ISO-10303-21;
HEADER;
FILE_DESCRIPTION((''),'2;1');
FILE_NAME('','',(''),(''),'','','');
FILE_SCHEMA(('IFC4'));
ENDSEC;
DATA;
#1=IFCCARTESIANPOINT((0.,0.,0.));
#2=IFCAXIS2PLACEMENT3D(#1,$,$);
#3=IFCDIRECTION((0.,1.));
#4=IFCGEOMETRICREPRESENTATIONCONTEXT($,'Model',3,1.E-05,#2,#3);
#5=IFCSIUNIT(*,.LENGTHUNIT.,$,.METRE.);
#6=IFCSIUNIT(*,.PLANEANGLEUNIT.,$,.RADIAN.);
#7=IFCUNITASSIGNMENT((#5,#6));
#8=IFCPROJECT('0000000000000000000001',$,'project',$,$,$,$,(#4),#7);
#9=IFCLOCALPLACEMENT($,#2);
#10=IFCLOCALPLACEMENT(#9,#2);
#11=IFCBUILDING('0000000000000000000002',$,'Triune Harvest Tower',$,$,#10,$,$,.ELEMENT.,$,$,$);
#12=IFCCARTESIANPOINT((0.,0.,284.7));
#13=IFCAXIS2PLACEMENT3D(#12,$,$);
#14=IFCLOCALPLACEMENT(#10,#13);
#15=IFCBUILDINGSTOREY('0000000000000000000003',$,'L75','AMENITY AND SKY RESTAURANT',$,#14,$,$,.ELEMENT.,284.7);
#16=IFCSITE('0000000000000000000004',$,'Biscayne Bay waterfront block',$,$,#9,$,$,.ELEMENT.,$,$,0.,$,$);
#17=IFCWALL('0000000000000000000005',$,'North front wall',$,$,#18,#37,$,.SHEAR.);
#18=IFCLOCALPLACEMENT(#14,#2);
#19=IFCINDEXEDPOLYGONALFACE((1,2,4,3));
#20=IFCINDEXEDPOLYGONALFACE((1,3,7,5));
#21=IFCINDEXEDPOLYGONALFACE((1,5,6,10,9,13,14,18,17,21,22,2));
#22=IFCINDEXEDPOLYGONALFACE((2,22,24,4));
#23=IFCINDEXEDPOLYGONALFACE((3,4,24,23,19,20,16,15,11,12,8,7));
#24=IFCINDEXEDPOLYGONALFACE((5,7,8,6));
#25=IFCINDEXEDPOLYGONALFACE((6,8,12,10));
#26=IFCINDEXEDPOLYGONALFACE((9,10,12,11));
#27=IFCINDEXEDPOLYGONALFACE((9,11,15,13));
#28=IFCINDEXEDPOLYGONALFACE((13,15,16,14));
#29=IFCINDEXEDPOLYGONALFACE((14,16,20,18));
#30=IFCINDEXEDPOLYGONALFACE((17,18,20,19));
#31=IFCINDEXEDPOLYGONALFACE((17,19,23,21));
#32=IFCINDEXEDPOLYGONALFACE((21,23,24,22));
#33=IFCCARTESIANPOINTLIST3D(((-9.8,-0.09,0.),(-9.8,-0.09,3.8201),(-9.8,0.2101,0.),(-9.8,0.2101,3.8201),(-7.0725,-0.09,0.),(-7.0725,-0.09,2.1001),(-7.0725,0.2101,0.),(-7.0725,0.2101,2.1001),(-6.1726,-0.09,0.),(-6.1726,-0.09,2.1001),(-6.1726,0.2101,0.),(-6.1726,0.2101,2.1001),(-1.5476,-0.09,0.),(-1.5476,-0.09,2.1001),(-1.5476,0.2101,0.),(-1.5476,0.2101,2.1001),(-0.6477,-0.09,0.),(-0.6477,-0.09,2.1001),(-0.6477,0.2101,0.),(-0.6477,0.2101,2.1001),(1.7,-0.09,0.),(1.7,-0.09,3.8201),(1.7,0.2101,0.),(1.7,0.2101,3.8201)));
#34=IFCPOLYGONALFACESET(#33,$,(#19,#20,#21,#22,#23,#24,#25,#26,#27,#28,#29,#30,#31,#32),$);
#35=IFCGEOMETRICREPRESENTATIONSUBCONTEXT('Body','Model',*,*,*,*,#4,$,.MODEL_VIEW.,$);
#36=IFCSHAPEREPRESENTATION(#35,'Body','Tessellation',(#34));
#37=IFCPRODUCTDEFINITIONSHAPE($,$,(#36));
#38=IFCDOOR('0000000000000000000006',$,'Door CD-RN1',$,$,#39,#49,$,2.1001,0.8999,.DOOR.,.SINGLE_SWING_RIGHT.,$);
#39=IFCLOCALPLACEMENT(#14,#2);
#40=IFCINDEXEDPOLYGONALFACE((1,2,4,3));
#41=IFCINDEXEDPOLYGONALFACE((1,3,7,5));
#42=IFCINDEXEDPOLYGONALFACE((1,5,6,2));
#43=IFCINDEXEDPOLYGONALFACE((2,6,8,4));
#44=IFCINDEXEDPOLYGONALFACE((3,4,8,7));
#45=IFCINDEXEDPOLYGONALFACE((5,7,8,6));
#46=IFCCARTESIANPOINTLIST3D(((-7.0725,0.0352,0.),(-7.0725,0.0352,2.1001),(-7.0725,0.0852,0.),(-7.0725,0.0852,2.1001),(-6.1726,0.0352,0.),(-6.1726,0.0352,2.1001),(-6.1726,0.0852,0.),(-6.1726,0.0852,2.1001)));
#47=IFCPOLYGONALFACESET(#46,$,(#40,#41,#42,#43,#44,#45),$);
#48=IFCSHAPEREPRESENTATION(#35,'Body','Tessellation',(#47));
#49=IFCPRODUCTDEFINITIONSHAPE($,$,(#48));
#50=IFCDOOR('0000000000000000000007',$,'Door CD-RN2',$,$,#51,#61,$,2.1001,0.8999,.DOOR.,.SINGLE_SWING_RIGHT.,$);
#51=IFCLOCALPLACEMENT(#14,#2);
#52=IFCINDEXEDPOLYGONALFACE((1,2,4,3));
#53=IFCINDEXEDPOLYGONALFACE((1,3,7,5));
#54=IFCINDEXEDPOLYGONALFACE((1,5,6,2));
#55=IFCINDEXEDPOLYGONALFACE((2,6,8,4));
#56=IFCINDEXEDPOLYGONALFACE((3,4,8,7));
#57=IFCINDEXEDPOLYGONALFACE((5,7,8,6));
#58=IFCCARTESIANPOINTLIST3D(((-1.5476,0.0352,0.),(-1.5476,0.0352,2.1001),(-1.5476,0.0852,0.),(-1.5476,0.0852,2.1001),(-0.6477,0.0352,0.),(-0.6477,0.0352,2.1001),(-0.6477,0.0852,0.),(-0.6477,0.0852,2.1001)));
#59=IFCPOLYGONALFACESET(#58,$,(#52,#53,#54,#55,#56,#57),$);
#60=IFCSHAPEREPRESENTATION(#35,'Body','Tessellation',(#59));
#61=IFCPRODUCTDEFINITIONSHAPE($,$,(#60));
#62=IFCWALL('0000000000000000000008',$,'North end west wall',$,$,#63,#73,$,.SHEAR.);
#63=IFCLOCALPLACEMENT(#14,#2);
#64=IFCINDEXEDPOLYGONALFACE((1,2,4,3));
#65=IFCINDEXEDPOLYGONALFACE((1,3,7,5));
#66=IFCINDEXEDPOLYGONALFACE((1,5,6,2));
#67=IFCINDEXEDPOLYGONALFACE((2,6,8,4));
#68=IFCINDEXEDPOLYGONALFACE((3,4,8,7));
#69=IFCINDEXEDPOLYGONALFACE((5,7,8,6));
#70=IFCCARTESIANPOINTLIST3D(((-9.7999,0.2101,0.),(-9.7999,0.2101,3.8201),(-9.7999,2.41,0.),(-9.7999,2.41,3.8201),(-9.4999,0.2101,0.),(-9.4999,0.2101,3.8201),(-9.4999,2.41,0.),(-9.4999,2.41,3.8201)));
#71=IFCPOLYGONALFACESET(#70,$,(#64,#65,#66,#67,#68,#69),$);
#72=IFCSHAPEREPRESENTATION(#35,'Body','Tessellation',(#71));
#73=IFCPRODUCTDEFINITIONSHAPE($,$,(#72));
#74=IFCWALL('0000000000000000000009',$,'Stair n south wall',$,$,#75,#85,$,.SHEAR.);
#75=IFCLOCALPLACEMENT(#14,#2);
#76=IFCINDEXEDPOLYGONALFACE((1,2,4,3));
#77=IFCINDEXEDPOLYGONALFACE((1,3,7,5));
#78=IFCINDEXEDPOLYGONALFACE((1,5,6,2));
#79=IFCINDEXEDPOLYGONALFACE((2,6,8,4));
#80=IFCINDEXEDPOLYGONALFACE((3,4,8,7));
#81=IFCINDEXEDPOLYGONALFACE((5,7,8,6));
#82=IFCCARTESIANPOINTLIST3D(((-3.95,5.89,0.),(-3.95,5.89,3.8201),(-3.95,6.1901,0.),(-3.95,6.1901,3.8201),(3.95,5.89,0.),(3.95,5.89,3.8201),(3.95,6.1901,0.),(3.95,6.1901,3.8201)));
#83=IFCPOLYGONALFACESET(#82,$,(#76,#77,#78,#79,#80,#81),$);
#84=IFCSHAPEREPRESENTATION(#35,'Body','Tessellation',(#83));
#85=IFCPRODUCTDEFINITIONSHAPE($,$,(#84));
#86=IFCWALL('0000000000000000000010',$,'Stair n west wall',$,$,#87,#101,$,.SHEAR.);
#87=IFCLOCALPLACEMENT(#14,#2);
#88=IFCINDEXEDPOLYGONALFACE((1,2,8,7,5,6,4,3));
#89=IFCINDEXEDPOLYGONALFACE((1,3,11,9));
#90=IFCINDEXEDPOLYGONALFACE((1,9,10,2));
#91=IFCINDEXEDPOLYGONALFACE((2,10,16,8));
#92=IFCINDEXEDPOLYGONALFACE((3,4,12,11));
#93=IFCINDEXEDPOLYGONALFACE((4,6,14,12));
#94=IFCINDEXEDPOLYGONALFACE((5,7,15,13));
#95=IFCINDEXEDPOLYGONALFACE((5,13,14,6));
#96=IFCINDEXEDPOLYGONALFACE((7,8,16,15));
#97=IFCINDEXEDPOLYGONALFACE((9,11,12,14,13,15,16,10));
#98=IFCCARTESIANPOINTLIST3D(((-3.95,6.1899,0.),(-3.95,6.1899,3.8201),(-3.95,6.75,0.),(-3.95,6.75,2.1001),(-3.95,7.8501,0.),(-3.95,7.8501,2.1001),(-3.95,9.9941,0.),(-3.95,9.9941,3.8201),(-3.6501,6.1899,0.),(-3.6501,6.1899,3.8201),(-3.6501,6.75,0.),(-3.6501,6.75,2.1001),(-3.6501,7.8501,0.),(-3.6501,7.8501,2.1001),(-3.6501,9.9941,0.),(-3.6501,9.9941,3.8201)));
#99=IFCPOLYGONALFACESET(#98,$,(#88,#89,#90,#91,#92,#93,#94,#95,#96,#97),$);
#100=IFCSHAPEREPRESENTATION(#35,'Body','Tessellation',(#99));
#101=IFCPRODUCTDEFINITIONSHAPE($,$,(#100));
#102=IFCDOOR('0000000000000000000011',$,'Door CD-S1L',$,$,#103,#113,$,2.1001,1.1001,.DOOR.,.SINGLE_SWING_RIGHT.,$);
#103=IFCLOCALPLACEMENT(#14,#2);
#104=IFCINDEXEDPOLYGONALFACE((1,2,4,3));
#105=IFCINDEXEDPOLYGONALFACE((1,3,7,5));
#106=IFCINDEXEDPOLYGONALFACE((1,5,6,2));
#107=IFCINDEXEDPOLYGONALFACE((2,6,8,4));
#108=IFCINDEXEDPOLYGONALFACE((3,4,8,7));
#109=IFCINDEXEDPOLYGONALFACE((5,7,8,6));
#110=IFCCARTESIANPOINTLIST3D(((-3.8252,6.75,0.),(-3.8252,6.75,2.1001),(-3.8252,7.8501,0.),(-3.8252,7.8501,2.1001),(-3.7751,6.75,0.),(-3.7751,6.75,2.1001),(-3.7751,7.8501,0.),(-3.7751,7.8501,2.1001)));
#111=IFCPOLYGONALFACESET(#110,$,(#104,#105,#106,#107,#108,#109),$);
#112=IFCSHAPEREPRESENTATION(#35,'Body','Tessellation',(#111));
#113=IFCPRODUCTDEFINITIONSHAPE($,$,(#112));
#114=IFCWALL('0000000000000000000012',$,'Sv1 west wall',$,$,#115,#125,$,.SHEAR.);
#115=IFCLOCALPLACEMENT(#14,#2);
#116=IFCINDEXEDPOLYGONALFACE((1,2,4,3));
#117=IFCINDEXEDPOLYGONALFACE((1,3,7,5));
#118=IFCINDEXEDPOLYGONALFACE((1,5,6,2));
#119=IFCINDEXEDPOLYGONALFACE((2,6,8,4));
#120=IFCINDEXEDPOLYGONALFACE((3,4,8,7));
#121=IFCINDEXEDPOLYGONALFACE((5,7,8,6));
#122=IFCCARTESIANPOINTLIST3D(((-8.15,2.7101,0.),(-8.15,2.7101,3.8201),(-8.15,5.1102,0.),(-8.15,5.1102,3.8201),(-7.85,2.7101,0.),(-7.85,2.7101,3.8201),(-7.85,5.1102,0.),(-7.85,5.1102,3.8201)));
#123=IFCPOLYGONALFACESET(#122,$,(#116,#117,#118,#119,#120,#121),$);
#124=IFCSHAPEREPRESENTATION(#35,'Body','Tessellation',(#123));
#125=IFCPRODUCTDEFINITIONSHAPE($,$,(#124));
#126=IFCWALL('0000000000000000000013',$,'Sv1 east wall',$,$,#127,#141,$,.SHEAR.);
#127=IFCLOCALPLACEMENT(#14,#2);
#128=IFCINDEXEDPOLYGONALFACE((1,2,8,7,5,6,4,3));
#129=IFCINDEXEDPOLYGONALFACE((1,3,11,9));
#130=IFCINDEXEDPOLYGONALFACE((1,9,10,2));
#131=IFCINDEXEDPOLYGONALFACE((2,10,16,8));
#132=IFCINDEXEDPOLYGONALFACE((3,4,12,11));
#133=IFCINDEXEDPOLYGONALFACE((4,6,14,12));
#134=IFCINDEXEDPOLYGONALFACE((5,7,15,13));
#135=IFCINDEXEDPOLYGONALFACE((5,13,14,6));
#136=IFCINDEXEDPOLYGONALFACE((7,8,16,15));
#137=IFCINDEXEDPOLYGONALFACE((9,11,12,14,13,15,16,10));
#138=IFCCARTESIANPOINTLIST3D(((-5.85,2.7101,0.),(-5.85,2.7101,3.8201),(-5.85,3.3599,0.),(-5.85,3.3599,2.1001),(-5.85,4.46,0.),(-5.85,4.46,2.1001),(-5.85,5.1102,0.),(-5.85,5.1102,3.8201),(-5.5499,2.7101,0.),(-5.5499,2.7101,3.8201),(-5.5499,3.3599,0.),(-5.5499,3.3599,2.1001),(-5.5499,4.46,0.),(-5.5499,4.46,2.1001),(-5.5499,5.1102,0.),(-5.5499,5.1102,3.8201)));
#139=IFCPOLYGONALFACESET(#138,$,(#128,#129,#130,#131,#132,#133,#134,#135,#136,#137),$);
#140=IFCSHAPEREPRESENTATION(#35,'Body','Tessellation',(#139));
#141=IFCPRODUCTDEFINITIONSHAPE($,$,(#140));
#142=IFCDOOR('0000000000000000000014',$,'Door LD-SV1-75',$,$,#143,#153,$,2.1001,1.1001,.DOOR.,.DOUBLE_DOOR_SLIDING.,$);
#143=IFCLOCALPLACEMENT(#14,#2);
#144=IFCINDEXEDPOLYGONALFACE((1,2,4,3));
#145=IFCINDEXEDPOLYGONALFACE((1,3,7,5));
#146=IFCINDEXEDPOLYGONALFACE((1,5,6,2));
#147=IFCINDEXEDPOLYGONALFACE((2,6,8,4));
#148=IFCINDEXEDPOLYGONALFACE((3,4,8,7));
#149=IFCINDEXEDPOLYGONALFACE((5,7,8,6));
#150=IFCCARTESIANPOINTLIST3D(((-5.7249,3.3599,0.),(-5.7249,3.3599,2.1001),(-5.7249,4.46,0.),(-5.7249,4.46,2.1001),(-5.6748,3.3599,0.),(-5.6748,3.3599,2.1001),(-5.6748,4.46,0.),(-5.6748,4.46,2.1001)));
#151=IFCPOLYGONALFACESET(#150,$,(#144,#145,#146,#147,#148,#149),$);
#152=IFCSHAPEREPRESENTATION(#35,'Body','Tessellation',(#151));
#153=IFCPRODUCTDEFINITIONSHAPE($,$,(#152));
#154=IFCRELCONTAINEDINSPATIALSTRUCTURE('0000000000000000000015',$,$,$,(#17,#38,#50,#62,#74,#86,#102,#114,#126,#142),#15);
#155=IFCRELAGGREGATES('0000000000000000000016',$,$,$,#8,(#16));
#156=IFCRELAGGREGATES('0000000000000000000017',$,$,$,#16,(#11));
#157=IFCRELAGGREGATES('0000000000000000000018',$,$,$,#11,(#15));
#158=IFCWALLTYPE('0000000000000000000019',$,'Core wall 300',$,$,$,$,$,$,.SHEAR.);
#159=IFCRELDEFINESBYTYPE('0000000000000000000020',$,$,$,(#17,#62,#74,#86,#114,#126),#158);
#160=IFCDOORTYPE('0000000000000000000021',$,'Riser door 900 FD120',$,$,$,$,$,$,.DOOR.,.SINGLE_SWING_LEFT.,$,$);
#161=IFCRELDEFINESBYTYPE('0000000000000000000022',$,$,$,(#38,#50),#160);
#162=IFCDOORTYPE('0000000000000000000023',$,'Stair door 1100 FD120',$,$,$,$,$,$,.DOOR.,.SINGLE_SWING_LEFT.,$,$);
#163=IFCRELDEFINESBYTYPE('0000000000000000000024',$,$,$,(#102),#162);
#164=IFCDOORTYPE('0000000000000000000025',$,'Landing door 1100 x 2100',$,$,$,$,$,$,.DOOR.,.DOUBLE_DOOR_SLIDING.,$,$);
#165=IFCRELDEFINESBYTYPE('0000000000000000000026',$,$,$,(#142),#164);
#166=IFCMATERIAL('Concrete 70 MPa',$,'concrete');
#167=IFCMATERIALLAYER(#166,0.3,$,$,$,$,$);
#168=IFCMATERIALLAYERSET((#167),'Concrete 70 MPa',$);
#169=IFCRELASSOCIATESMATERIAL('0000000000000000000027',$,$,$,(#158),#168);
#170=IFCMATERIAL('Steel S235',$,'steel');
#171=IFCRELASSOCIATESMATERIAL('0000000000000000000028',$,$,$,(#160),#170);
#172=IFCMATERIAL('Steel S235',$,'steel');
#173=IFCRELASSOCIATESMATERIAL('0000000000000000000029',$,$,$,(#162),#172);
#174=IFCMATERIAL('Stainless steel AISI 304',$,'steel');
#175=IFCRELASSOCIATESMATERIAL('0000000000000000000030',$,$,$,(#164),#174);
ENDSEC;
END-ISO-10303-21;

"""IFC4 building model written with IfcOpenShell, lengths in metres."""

from ifc_helpers import new_model, si_unit, direction, frame, frame_2d, origin, place, context, subcontext, project, spatial, polyline, rectangle, outline, extrude, source, transform, mapped, material, layer, layer_set, type_object, element, fill, save


model = new_model("IFC4")

# Units and contexts
model_context = context("Model", 3, precision=1e-05, world=origin(), true_north=direction((0.0, 1.0)))
body_context = subcontext(model_context, "Body", "Model", "MODEL_VIEW")
ifc_project = project(units=[si_unit("LENGTHUNIT", "METRE"), si_unit("PLANEANGLEUNIT", "RADIAN")], contexts=[model_context])

# Site, building, storey
site_placement = place(None, origin())
site = spatial("IfcSite", under=ifc_project, at=site_placement, Name="Biscayne Bay waterfront block", CompositionType="ELEMENT", RefElevation=0.0)
building_placement = place(site_placement, origin())
building = spatial("IfcBuilding", under=site, at=building_placement, Name="Triune Harvest Tower", CompositionType="ELEMENT")
storey_placement = place(building_placement, frame((0.0, 0.0, 284.7)))
storey = spatial("IfcBuildingStorey", under=building, at=storey_placement, Name="L75", Description="AMENITY AND SKY RESTAURANT", CompositionType="ELEMENT", Elevation=284.7)

# Wall, openings, doors
ifc_material_1 = material(Name="Concrete 70 MPa", Category="concrete")
ifc_layer_1 = layer(ifc_material_1, 0.3)
ifc_layer_set_1 = layer_set([ifc_layer_1], Name="Concrete 70 MPa")
wall_type_1 = type_object("IfcWallType", Name="Core wall 300", PredefinedType="SHEAR", material=ifc_layer_set_1)
shared_shape_1 = source(origin(), body_context, "Body", "SweptSolid", [
    extrude(rectangle(XDim=11.5, YDim=0.3, at=frame_2d((5.75, 0.0))), origin(), (0.0, 0.0, 1.0), 3.8201),
])
wall_1_placement = place(storey_placement, frame((-9.8, 0.0601, 0.0), z_axis=(0.0, 0.0, 1.0), x_axis=(1.0, 0.0, 0.0)))
wall_1 = element("IfcWall", 1, at=wall_1_placement, inside=storey, type_object=wall_type_1, Name="North front wall", PredefinedType="SHEAR", context=body_context, shape_type="MappedRepresentation", body=[
    mapped(shared_shape_1, transform((0.0, 0.0, 0.0), scale=1.0)),
])
opening_1_placement = place(wall_1_placement, frame((2.7275, 0.0, 0.0)))
opening_1 = element("IfcOpeningElement", 2, at=opening_1_placement, cuts=wall_1, PredefinedType="OPENING", context=body_context, shape_type="SweptSolid", body=[
    extrude(rectangle(XDim=0.8999, YDim=2.1001, at=frame_2d((0.45, 1.05))), frame((0.0, 0.1602, 0.0), z_axis=(0.0, -1.0, 0.0), x_axis=(1.0, 0.0, 0.0)), (0.0, 0.0, 1.0), 0.3201),
])
opening_2_placement = place(wall_1_placement, frame((8.2524, 0.0, 0.0)))
opening_2 = element("IfcOpeningElement", 3, at=opening_2_placement, cuts=wall_1, PredefinedType="OPENING", context=body_context, shape_type="SweptSolid", body=[
    extrude(rectangle(XDim=0.8999, YDim=2.1001, at=frame_2d((0.45, 1.05))), frame((0.0, 0.1602, 0.0), z_axis=(0.0, -1.0, 0.0), x_axis=(1.0, 0.0, 0.0)), (0.0, 0.0, 1.0), 0.3201),
])
ifc_material_2 = material(Name="Steel S235", Category="steel")
door_type_1 = type_object("IfcDoorType", Name="Riser door 900 FD120", OperationType="SINGLE_SWING_LEFT", PredefinedType="DOOR", material=ifc_material_2)
door_1_placement = place(opening_1_placement, frame((0.8999, 0.0, 0.0), z_axis=(0.0, 0.0, 1.0), x_axis=(-1.0, 0.0, 0.0)))
door_1 = element("IfcDoor", 4, at=door_1_placement, inside=storey, type_object=door_type_1, Name="Door CD-RN1", OperationType="SINGLE_SWING_RIGHT", OverallHeight=2.1001, OverallWidth=0.8999, PredefinedType="DOOR", context=body_context, shape_type="SweptSolid", body=[
    extrude(rectangle(XDim=0.8999, YDim=2.1001, at=frame_2d((0.45, 1.05))), frame((0.0, 0.0249, 0.0), z_axis=(0.0, -1.0, 0.0), x_axis=(1.0, 0.0, 0.0)), (0.0, 0.0, 1.0), 0.05),
])
fill(opening_1, door_1)
door_2_placement = place(opening_2_placement, frame((0.8999, 0.0, 0.0), z_axis=(0.0, 0.0, 1.0), x_axis=(-1.0, 0.0, 0.0)))
door_2 = element("IfcDoor", 5, at=door_2_placement, inside=storey, type_object=door_type_1, Name="Door CD-RN2", OperationType="SINGLE_SWING_RIGHT", OverallHeight=2.1001, OverallWidth=0.8999, PredefinedType="DOOR", context=body_context, shape_type="SweptSolid", body=[
    extrude(rectangle(XDim=0.8999, YDim=2.1001, at=frame_2d((0.45, 1.05))), frame((0.0, 0.0249, 0.0), z_axis=(0.0, -1.0, 0.0), x_axis=(1.0, 0.0, 0.0)), (0.0, 0.0, 1.0), 0.05),
])
fill(opening_2, door_2)

# Walls
shared_shape_2 = source(origin(), body_context, "Body", "SweptSolid", [
    extrude(rectangle(XDim=2.2, YDim=0.3, at=frame_2d((1.1001, 0.0))), origin(), (0.0, 0.0, 1.0), 3.8201),
])
wall_2_placement = place(storey_placement, frame((-9.6499, 0.21, 0.0), z_axis=(0.0, 0.0, 1.0), x_axis=(0.0, 1.0, 0.0)))
element("IfcWall", 6, at=wall_2_placement, inside=storey, type_object=wall_type_1, Name="North end west wall", PredefinedType="SHEAR", context=body_context, shape_type="MappedRepresentation", body=[
    mapped(shared_shape_2, transform((0.0, 0.0, 0.0), scale=1.0)),
])
shared_shape_3 = source(origin(), body_context, "Body", "SweptSolid", [
    extrude(rectangle(XDim=7.8999, YDim=0.3, at=frame_2d((3.95, 0.0))), origin(), (0.0, 0.0, 1.0), 3.8201),
])
wall_3_placement = place(storey_placement, frame((-3.95, 6.04, 0.0), z_axis=(0.0, 0.0, 1.0), x_axis=(1.0, 0.0, 0.0)))
element("IfcWall", 7, at=wall_3_placement, inside=storey, type_object=wall_type_1, Name="Stair n south wall", PredefinedType="SHEAR", context=body_context, shape_type="MappedRepresentation", body=[
    mapped(shared_shape_3, transform((0.0, 0.0, 0.0), scale=1.0)),
])

# Wall, opening, door
shared_shape_4 = source(origin(), body_context, "Body", "SweptSolid", [
    extrude(outline(polyline([(0.0, -0.1499), (0.0, 0.1499), (3.8042, 0.1499), (3.8042, -0.1499), (0.0, -0.1499)])), origin(), (0.0, 0.0, 1.0), 3.8201),
])
wall_4_placement = place(storey_placement, frame((-3.8, 6.1899, 0.0), z_axis=(0.0, 0.0, 1.0), x_axis=(0.0, 1.0, 0.0)))
wall_4 = element("IfcWall", 8, at=wall_4_placement, inside=storey, type_object=wall_type_1, Name="Stair n west wall", PredefinedType="SHEAR", context=body_context, shape_type="MappedRepresentation", body=[
    mapped(shared_shape_4, transform((0.0, 0.0, 0.0), scale=1.0)),
])
opening_3_placement = place(wall_4_placement, frame((0.5601, 0.0, 0.0)))
opening_3 = element("IfcOpeningElement", 9, at=opening_3_placement, cuts=wall_4, PredefinedType="OPENING", context=body_context, shape_type="SweptSolid", body=[
    extrude(rectangle(XDim=1.1001, YDim=2.1001, at=frame_2d((0.55, 1.05))), frame((0.0, 0.1602, 0.0), z_axis=(0.0, -1.0, 0.0), x_axis=(1.0, 0.0, 0.0)), (0.0, 0.0, 1.0), 0.3201),
])
ifc_material_3 = material(Name="Steel S235", Category="steel")
door_type_2 = type_object("IfcDoorType", Name="Stair door 1100 FD120", OperationType="SINGLE_SWING_LEFT", PredefinedType="DOOR", material=ifc_material_3)
door_3_placement = place(opening_3_placement, frame((1.1001, 0.0, 0.0), z_axis=(0.0, 0.0, 1.0), x_axis=(-1.0, 0.0, 0.0)))
door_3 = element("IfcDoor", 10, at=door_3_placement, inside=storey, type_object=door_type_2, Name="Door CD-S1L", OperationType="SINGLE_SWING_RIGHT", OverallHeight=2.1001, OverallWidth=1.1001, PredefinedType="DOOR", context=body_context, shape_type="SweptSolid", body=[
    extrude(rectangle(XDim=1.1001, YDim=2.1001, at=frame_2d((0.55, 1.05))), frame((0.0, 0.0249, 0.0), z_axis=(0.0, -1.0, 0.0), x_axis=(1.0, 0.0, 0.0)), (0.0, 0.0, 1.0), 0.05),
])
fill(opening_3, door_3)

# Wall
shared_shape_5 = source(origin(), body_context, "Body", "SweptSolid", [
    extrude(rectangle(XDim=2.4001, YDim=0.3, at=frame_2d((1.2002, 0.0))), origin(), (0.0, 0.0, 1.0), 3.8201),
])
wall_5_placement = place(storey_placement, frame((-8.0, 2.71, 0.0), z_axis=(0.0, 0.0, 1.0), x_axis=(0.0, 1.0, 0.0)))
element("IfcWall", 11, at=wall_5_placement, inside=storey, type_object=wall_type_1, Name="Sv1 west wall", PredefinedType="SHEAR", context=body_context, shape_type="MappedRepresentation", body=[
    mapped(shared_shape_5, transform((0.0, 0.0, 0.0), scale=1.0)),
])

# Wall, opening, door
wall_6_placement = place(storey_placement, frame((-5.7, 2.71, 0.0), z_axis=(0.0, 0.0, 1.0), x_axis=(0.0, 1.0, 0.0)))
wall_6 = element("IfcWall", 12, at=wall_6_placement, inside=storey, type_object=wall_type_1, Name="Sv1 east wall", PredefinedType="SHEAR", context=body_context, shape_type="MappedRepresentation", body=[
    mapped(shared_shape_5, transform((0.0, 0.0, 0.0), scale=1.0)),
])
opening_4_placement = place(wall_6_placement, frame((0.6499, 0.0, 0.0)))
opening_4 = element("IfcOpeningElement", 13, at=opening_4_placement, cuts=wall_6, PredefinedType="OPENING", context=body_context, shape_type="SweptSolid", body=[
    extrude(rectangle(XDim=1.1001, YDim=2.1001, at=frame_2d((0.55, 1.05))), frame((0.0, 0.1602, 0.0), z_axis=(0.0, -1.0, 0.0), x_axis=(1.0, 0.0, 0.0)), (0.0, 0.0, 1.0), 0.3201),
])
ifc_material_4 = material(Name="Stainless steel AISI 304", Category="steel")
door_type_3 = type_object("IfcDoorType", Name="Landing door 1100 x 2100", OperationType="DOUBLE_DOOR_SLIDING", PredefinedType="DOOR", material=ifc_material_4)
door_4_placement = place(opening_4_placement, origin())
door_4 = element("IfcDoor", 14, at=door_4_placement, inside=storey, type_object=door_type_3, Name="Door LD-SV1-75", OperationType="DOUBLE_DOOR_SLIDING", OverallHeight=2.1001, OverallWidth=1.1001, PredefinedType="DOOR", context=body_context, shape_type="SweptSolid", body=[
    extrude(rectangle(XDim=1.1001, YDim=2.1001, at=frame_2d((0.55, 1.05))), frame((0.0, 0.0249, 0.0), z_axis=(0.0, -1.0, 0.0), x_axis=(1.0, 0.0, 0.0)), (0.0, 0.0, 1.0), 0.05),
])
fill(opening_4, door_4)

save(model, "model.ifc")
